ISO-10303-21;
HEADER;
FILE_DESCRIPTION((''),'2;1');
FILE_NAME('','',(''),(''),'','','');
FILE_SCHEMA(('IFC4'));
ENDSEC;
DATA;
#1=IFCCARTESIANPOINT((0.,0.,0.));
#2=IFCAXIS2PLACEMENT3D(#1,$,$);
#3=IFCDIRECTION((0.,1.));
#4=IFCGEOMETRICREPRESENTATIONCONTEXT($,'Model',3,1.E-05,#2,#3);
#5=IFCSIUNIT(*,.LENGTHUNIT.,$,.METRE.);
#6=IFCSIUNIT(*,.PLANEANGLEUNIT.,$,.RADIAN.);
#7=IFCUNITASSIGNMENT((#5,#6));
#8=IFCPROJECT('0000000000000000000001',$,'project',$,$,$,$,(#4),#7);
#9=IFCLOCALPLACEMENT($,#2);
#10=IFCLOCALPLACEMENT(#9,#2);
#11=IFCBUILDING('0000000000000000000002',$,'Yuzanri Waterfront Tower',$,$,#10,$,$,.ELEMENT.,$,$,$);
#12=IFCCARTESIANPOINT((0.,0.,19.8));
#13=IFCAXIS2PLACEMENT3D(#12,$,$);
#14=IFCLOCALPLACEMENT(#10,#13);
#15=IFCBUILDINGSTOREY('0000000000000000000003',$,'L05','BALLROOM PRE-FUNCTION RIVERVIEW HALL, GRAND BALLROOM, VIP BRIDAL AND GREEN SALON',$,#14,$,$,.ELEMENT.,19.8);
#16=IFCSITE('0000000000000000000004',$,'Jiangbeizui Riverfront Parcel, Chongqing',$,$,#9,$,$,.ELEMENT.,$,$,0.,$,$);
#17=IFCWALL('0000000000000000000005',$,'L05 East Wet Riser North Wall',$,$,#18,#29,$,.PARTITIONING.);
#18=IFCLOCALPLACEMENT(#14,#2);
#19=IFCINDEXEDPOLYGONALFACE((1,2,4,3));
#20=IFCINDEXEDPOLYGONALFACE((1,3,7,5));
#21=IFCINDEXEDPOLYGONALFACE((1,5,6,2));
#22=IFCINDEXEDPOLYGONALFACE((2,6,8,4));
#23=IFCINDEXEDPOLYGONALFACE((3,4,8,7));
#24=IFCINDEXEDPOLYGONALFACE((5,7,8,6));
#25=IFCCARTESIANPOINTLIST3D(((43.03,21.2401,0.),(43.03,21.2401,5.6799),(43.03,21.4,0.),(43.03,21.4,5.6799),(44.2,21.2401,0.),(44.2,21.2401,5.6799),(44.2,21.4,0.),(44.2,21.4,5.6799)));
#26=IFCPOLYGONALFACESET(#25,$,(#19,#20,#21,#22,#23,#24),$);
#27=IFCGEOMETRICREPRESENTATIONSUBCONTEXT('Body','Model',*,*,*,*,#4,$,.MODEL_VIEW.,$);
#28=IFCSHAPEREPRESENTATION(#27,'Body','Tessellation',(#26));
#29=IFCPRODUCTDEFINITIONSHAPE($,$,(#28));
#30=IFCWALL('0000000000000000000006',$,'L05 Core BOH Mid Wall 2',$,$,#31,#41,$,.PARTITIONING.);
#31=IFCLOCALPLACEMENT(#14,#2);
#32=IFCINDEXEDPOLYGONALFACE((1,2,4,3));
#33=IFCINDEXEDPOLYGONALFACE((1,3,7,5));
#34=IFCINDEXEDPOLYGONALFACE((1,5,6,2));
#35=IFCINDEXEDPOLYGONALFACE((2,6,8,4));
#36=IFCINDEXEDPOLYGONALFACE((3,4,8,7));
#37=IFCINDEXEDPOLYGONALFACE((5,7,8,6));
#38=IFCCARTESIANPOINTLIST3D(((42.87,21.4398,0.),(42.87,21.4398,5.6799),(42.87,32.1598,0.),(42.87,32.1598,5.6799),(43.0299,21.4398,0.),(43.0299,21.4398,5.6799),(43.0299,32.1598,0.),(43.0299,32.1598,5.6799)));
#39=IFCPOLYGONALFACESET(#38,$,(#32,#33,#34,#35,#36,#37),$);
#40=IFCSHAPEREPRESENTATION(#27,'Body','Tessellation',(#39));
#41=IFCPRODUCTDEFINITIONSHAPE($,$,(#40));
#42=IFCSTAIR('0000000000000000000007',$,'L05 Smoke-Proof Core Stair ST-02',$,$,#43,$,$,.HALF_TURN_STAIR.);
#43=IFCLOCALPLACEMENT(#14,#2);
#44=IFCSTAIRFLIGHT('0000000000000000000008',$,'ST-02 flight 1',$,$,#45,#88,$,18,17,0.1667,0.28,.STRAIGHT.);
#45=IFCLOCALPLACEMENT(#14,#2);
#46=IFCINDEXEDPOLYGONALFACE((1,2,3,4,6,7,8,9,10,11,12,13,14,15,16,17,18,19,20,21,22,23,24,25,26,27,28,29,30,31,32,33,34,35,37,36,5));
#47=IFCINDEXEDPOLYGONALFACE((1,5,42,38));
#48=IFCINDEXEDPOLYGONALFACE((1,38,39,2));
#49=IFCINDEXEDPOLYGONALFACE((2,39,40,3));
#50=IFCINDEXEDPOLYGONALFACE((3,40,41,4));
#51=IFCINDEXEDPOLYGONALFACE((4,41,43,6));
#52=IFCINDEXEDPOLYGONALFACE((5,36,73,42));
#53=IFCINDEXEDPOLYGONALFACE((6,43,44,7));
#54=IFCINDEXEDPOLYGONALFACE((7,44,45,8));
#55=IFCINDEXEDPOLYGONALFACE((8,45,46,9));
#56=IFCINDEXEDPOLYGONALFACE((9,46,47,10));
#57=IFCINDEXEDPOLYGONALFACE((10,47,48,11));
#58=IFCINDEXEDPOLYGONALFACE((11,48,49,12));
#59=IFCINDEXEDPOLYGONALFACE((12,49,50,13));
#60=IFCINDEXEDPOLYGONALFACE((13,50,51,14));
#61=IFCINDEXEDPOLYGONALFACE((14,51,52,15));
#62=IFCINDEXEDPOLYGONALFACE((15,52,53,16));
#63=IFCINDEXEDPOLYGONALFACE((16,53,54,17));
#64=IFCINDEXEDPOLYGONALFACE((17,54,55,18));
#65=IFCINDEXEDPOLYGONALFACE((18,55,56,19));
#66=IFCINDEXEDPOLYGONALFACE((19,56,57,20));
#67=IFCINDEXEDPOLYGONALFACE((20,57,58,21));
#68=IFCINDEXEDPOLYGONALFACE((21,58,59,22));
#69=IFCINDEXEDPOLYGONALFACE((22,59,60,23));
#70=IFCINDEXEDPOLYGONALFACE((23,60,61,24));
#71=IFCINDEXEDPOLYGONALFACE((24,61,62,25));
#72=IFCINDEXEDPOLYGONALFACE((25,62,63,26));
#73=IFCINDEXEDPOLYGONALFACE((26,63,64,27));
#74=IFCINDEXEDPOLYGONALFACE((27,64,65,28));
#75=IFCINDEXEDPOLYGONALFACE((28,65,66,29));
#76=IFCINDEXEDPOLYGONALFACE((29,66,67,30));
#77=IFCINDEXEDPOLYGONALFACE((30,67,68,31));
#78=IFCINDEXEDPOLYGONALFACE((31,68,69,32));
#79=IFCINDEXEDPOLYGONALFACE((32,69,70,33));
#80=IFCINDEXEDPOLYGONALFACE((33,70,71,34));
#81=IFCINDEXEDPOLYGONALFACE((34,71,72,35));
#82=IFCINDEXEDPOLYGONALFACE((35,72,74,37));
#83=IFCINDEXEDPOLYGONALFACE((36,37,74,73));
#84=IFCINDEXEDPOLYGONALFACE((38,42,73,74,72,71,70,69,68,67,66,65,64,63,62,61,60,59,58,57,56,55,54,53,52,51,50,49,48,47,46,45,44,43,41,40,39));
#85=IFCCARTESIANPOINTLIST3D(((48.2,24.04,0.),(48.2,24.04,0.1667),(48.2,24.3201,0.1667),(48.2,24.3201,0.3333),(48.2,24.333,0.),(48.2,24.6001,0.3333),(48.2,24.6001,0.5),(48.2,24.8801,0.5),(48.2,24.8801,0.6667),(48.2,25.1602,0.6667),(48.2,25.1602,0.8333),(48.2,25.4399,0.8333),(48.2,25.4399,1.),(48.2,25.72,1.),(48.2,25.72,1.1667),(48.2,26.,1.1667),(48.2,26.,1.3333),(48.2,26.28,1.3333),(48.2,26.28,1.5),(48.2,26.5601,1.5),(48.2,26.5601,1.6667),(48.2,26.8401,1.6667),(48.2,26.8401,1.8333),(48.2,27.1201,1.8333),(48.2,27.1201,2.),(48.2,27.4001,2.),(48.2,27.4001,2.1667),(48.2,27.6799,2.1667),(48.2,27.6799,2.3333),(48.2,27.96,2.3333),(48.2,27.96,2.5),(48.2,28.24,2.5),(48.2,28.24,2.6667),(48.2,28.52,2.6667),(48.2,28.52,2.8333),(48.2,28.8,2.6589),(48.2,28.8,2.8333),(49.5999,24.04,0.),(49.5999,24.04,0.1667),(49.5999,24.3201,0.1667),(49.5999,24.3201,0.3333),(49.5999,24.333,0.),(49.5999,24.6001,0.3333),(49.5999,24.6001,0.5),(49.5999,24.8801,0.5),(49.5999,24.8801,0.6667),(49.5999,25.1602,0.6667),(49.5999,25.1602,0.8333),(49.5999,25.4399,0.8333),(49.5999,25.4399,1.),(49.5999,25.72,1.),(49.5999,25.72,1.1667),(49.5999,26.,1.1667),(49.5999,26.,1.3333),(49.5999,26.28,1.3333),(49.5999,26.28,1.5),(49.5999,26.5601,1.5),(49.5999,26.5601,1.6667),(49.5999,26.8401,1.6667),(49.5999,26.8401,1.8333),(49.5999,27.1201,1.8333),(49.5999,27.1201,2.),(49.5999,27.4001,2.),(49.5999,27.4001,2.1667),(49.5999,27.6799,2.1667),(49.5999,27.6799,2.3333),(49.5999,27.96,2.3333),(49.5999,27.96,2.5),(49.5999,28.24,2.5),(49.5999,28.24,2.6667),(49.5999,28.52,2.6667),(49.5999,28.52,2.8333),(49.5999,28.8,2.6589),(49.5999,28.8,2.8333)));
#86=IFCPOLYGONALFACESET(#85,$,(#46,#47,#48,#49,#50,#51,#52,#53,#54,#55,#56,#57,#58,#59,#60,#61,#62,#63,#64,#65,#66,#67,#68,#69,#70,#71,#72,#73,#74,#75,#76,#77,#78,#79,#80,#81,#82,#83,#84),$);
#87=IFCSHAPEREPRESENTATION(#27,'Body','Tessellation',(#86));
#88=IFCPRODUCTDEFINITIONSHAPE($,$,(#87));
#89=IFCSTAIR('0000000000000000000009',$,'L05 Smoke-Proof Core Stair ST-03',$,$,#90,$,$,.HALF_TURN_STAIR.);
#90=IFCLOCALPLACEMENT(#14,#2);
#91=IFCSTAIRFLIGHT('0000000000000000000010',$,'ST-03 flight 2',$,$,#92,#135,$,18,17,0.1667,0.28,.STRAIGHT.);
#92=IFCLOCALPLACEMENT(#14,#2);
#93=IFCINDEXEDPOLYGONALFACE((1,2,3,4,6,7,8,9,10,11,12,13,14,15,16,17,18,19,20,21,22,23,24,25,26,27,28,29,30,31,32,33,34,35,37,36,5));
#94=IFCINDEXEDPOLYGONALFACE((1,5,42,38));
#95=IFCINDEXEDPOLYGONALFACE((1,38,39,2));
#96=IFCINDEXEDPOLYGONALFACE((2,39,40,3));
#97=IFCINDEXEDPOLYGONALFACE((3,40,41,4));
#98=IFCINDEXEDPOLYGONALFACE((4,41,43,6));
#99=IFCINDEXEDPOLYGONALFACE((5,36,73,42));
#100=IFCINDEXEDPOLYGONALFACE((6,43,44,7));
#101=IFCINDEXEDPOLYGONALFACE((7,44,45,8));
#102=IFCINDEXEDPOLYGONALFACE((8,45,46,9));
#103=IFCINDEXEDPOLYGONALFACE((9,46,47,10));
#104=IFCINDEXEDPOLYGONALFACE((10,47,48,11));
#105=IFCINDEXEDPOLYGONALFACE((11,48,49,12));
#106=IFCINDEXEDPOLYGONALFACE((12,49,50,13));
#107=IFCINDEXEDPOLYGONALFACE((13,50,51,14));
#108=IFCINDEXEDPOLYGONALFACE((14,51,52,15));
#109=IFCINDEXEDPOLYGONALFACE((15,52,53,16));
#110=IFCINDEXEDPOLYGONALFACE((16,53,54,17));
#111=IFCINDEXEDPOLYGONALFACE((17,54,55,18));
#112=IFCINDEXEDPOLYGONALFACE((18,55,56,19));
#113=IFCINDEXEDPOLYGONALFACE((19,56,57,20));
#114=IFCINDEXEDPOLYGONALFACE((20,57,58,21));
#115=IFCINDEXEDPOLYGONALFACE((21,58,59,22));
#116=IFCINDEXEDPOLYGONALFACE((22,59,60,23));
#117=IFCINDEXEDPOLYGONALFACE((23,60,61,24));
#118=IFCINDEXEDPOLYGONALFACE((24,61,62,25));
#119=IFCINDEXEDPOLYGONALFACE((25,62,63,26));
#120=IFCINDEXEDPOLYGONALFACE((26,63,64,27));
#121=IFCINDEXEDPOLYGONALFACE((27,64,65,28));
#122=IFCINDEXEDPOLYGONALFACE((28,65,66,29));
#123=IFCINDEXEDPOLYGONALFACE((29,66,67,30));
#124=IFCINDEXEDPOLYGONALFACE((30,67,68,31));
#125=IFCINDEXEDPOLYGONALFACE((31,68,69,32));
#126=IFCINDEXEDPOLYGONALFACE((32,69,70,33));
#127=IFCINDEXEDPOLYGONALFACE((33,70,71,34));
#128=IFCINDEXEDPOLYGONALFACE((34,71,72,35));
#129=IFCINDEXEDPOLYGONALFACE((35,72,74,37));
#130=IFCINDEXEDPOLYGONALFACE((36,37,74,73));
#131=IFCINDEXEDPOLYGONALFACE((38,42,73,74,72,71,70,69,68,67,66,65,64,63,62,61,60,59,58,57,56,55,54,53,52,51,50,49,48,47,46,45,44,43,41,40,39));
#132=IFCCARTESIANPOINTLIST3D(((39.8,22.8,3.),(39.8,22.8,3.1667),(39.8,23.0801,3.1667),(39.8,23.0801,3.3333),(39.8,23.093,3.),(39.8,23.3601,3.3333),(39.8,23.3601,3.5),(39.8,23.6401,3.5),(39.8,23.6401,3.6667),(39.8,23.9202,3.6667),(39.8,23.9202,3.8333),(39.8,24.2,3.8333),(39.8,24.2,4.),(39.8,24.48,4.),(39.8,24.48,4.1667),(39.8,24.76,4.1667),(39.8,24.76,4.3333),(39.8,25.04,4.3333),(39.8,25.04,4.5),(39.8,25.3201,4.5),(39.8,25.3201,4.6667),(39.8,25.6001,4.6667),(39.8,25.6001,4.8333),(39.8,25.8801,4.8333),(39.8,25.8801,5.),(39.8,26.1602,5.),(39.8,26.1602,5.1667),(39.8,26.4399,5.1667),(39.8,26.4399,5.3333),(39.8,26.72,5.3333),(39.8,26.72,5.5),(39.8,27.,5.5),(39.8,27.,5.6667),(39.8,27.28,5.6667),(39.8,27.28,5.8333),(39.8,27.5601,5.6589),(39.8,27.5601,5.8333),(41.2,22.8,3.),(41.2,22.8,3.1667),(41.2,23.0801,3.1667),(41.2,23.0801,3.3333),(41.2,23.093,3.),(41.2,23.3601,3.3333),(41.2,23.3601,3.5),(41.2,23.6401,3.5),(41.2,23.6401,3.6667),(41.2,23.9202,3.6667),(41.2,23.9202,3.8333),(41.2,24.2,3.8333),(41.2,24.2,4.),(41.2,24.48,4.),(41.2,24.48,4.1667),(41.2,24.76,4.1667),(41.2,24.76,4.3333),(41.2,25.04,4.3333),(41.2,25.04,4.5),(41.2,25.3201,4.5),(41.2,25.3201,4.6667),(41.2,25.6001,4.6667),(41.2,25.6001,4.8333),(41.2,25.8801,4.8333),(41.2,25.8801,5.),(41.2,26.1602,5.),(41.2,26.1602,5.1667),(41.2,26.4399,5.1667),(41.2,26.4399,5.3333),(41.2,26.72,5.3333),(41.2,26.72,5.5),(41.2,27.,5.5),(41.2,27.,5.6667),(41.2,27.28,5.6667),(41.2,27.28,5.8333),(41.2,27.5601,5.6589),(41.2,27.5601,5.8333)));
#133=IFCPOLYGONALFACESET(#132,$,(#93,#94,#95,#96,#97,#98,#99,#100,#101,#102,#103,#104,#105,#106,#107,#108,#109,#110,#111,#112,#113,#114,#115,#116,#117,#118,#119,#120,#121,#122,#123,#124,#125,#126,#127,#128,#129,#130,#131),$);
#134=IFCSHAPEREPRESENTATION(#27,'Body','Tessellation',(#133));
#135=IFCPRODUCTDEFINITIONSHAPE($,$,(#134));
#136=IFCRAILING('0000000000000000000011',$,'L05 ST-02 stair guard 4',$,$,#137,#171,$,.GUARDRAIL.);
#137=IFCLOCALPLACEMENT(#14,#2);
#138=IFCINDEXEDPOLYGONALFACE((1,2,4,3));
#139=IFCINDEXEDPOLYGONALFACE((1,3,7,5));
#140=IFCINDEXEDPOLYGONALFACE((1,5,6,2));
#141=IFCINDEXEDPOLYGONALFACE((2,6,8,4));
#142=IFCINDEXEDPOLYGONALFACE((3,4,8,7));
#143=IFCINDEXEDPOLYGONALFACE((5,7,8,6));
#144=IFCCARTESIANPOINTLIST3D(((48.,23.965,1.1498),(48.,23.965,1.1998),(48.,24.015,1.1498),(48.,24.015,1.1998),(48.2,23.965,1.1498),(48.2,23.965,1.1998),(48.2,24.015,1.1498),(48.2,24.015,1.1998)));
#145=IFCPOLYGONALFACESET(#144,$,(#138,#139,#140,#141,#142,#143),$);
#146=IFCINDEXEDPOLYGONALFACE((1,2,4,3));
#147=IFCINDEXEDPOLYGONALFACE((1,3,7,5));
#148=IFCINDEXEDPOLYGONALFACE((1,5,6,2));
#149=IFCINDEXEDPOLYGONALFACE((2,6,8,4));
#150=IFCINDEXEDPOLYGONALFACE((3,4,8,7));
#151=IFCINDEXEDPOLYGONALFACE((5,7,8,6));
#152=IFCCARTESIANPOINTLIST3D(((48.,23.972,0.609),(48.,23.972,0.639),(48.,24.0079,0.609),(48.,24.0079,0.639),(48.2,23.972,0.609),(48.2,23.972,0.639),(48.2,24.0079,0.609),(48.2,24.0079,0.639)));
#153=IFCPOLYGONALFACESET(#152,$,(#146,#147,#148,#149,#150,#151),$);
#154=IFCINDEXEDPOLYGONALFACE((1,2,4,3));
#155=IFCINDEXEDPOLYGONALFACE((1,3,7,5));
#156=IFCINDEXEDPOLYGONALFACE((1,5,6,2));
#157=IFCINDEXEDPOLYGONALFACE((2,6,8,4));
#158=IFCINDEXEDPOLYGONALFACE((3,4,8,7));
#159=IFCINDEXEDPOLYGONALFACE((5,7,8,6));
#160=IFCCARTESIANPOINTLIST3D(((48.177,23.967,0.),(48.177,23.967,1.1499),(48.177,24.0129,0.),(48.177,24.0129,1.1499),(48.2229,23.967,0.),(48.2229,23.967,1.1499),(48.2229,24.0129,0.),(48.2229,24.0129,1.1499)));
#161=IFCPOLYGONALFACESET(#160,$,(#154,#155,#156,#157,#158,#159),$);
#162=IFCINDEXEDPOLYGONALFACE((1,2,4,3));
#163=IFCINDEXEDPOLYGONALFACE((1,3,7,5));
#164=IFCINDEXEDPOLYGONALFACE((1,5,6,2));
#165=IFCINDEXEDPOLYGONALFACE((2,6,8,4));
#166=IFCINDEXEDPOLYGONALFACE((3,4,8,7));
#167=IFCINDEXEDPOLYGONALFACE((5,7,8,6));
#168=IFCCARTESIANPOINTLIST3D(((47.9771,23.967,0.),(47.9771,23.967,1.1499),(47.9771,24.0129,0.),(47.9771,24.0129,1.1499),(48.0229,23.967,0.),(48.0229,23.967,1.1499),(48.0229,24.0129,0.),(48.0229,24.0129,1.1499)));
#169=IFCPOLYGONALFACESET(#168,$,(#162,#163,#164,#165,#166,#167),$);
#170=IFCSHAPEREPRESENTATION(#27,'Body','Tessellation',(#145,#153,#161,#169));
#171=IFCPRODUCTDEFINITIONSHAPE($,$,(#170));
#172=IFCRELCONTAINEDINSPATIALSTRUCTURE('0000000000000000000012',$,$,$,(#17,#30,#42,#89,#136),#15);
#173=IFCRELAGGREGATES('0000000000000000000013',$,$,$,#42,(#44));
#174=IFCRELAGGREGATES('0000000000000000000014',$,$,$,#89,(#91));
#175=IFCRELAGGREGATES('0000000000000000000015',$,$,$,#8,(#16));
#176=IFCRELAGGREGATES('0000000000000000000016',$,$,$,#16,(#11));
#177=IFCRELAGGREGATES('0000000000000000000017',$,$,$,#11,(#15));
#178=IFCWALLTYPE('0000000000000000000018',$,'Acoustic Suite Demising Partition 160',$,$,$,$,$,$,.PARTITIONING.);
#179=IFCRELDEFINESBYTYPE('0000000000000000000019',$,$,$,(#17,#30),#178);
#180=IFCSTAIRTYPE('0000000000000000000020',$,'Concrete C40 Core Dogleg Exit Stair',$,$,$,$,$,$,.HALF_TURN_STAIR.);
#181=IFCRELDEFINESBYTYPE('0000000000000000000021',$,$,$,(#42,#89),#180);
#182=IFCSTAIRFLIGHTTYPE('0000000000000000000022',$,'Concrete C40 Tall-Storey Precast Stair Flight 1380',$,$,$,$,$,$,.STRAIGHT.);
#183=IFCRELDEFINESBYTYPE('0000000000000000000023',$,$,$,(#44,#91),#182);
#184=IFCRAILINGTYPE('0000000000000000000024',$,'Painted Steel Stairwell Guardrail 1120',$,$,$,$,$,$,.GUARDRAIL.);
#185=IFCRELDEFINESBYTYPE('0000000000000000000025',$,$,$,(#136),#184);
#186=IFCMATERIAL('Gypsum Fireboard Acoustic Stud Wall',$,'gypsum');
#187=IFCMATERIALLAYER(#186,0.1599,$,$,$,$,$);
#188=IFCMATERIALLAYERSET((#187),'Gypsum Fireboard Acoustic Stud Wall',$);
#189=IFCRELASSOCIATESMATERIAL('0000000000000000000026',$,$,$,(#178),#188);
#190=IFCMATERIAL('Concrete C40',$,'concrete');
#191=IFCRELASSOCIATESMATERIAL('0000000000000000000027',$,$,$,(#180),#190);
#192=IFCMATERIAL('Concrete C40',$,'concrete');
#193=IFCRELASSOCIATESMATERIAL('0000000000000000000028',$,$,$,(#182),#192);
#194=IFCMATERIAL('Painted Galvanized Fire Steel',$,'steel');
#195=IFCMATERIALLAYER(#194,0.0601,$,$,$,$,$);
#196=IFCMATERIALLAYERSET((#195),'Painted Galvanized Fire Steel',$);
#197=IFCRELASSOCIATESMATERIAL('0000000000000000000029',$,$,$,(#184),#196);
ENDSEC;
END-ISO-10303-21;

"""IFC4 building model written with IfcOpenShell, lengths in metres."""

from ifc_helpers import new_model, si_unit, direction, frame, frame_2d, origin, origin_2d, place, context, subcontext, project, spatial, polyline, rectangle, outline, extrude, source, transform, mapped, material, layer, layer_set, type_object, element, aggregate, save


model = new_model("IFC4")

# Units and contexts
model_context = context("Model", 3, precision=1e-05, world=origin(), true_north=direction((0.0, 1.0)))
body_context = subcontext(model_context, "Body", "Model", "MODEL_VIEW")
ifc_project = project(units=[si_unit("LENGTHUNIT", "METRE"), si_unit("PLANEANGLEUNIT", "RADIAN")], contexts=[model_context])

# Site, building, storey
site_placement = place(None, origin())
site = spatial("IfcSite", under=ifc_project, at=site_placement, Name="Jiangbeizui Riverfront Parcel, Chongqing", CompositionType="ELEMENT", RefElevation=0.0)
building_placement = place(site_placement, origin())
building = spatial("IfcBuilding", under=site, at=building_placement, Name="Yuzanri Waterfront Tower", CompositionType="ELEMENT")
storey_placement = place(building_placement, frame((0.0, 0.0, 19.8)))
storey = spatial("IfcBuildingStorey", under=building, at=storey_placement, Name="L05", Description="BALLROOM PRE-FUNCTION RIVERVIEW HALL, GRAND BALLROOM, VIP BRIDAL AND GREEN SALON", CompositionType="ELEMENT", Elevation=19.8)

# Walls
ifc_material_1 = material(Name="Gypsum Fireboard Acoustic Stud Wall", Category="gypsum")
ifc_layer_1 = layer(ifc_material_1, 0.1599)
ifc_layer_set_1 = layer_set([ifc_layer_1], Name="Gypsum Fireboard Acoustic Stud Wall")
wall_type_1 = type_object("IfcWallType", Name="Acoustic Suite Demising Partition 160", PredefinedType="PARTITIONING", material=ifc_layer_set_1)
shared_shape_1 = source(origin(), body_context, "Body", "SweptSolid", [
    extrude(rectangle(XDim=1.1699, YDim=0.1599, at=frame_2d((0.585, 0.0))), origin(), (0.0, 0.0, 1.0), 5.6799),
])
wall_1_placement = place(storey_placement, frame((43.03, 21.3201, 0.0), z_axis=(0.0, 0.0, 1.0), x_axis=(1.0, 0.0, 0.0)))
element("IfcWall", 1, at=wall_1_placement, inside=storey, type_object=wall_type_1, Name="L05 East Wet Riser North Wall", PredefinedType="PARTITIONING", context=body_context, shape_type="MappedRepresentation", body=[
    mapped(shared_shape_1, transform((0.0, 0.0, 0.0), scale=1.0)),
])
shared_shape_2 = source(origin(), body_context, "Body", "SweptSolid", [
    extrude(rectangle(XDim=10.72, YDim=0.1599, at=frame_2d((5.3599, 0.0))), origin(), (0.0, 0.0, 1.0), 5.6799),
])
wall_2_placement = place(storey_placement, frame((42.95, 21.4399, 0.0), z_axis=(0.0, 0.0, 1.0), x_axis=(0.0, 1.0, 0.0)))
element("IfcWall", 2, at=wall_2_placement, inside=storey, type_object=wall_type_1, Name="L05 Core BOH Mid Wall 2", PredefinedType="PARTITIONING", context=body_context, shape_type="MappedRepresentation", body=[
    mapped(shared_shape_2, transform((0.0, 0.0, 0.0), scale=1.0)),
])

# Stairs, stair flights
ifc_material_2 = material(Name="Concrete C40", Category="concrete")
stair_type = type_object("IfcStairType", Name="Concrete C40 Core Dogleg Exit Stair", PredefinedType="HALF_TURN_STAIR", material=ifc_material_2)
stair_1_placement = place(storey_placement, origin())
stair_1 = element("IfcStair", 3, at=stair_1_placement, inside=storey, type_object=stair_type, Name="L05 Smoke-Proof Core Stair ST-02", PredefinedType="HALF_TURN_STAIR")
ifc_material_3 = material(Name="Concrete C40", Category="concrete")
stair_flight_type = type_object("IfcStairFlightType", Name="Concrete C40 Tall-Storey Precast Stair Flight 1380", PredefinedType="STRAIGHT", material=ifc_material_3)
shared_shape_3 = source(origin(), body_context, "Body", "SweptSolid", [
    extrude(outline(polyline([(0.0, 0.0), (0.0, 0.1667), (0.28, 0.1667), (0.28, 0.3333), (0.5601, 0.3333), (0.5601, 0.5), (0.8401, 0.5), (0.8401, 0.6667), (1.1201, 0.6667), (1.1201, 0.8333), (1.3999, 0.8333), (1.3999, 1.0), (1.6799, 1.0), (1.6799, 1.1667), (1.96, 1.1667), (1.96, 1.3333), (2.24, 1.3333), (2.24, 1.5), (2.52, 1.5), (2.52, 1.6667), (2.8, 1.6667), (2.8, 1.8333), (3.0801, 1.8333), (3.0801, 2.0), (3.3601, 2.0), (3.3601, 2.1667), (3.6399, 2.1667), (3.6399, 2.3333), (3.9199, 2.3333), (3.9199, 2.5), (4.2, 2.5), (4.2, 2.6667), (4.48, 2.6667), (4.48, 2.8333), (4.76, 2.8333), (4.76, 3.0), (4.76, 2.6589), (0.293, 0.0), (0.0, 0.0)])), frame((0.0, 0.7, 0.0), z_axis=(0.0, -1.0, 0.0), x_axis=(1.0, 0.0, 0.0)), (0.0, 0.0, 1.0), 1.3999),
])
stair_flight_1_placement = place(storey_placement, frame((48.8999, 24.04, 0.0), z_axis=(0.0, 0.0, 1.0), x_axis=(0.0, 1.0, 0.0)))
stair_flight_1 = element("IfcStairFlight", 4, at=stair_flight_1_placement, type_object=stair_flight_type, Name="ST-02 flight 1", NumberOfRisers=18, NumberOfTreads=17, PredefinedType="STRAIGHT", RiserHeight=0.1667, TreadLength=0.28, context=body_context, shape_type="MappedRepresentation", body=[
    mapped(shared_shape_3, transform((0.0, 0.0, 0.0), scale=1.0)),
])
aggregate(stair_1, [stair_flight_1])
stair_2_placement = place(storey_placement, origin())
stair_2 = element("IfcStair", 5, at=stair_2_placement, inside=storey, type_object=stair_type, Name="L05 Smoke-Proof Core Stair ST-03", PredefinedType="HALF_TURN_STAIR")
stair_flight_2_placement = place(storey_placement, frame((40.5, 22.8, 3.0), z_axis=(0.0, 0.0, 1.0), x_axis=(0.0, 1.0, 0.0)))
stair_flight_2 = element("IfcStairFlight", 6, at=stair_flight_2_placement, type_object=stair_flight_type, Name="ST-03 flight 2", NumberOfRisers=18, NumberOfTreads=17, PredefinedType="STRAIGHT", RiserHeight=0.1667, TreadLength=0.28, context=body_context, shape_type="MappedRepresentation", body=[
    mapped(shared_shape_3, transform((0.0, 0.0, 0.0), scale=1.0)),
])
aggregate(stair_2, [stair_flight_2])

# Railing
ifc_material_4 = material(Name="Painted Galvanized Fire Steel", Category="steel")
ifc_layer_2 = layer(ifc_material_4, 0.0601)
ifc_layer_set_2 = layer_set([ifc_layer_2], Name="Painted Galvanized Fire Steel")
railing_type_1 = type_object("IfcRailingType", Name="Painted Steel Stairwell Guardrail 1120", PredefinedType="GUARDRAIL", material=ifc_layer_set_2)
shared_shape_4 = source(origin(), body_context, "Body", "SweptSolid", [
    extrude(rectangle(XDim=0.05, YDim=0.05, at=origin_2d()), frame((0.0, 0.0, 1.1748), z_axis=(-1.0, 0.0, 0.0), x_axis=(0.0, -1.0, 0.0)), (0.0, 0.0, 1.0), 0.2),
    extrude(rectangle(XDim=0.0359, YDim=0.03, at=origin_2d()), frame((0.0, 0.0, 0.624), z_axis=(-1.0, 0.0, 0.0), x_axis=(0.0, -1.0, 0.0)), (0.0, 0.0, 1.0), 0.2),
    extrude(rectangle(XDim=0.0459, YDim=0.0459, at=origin_2d()), origin(), (0.0, 0.0, 1.0), 1.1499),
    extrude(rectangle(XDim=0.0459, YDim=0.0459, at=origin_2d()), frame((-0.2, 0.0, 0.0)), (0.0, 0.0, 1.0), 1.1499),
])
railing_1_placement = place(storey_placement, frame((48.2, 23.99, 0.0)))
element("IfcRailing", 7, at=railing_1_placement, inside=storey, type_object=railing_type_1, Name="L05 ST-02 stair guard 4", PredefinedType="GUARDRAIL", context=body_context, shape_type="MappedRepresentation", body=[
    mapped(shared_shape_4, transform((0.0, 0.0, 0.0), scale=1.0)),
])

save(model, "model.ifc")
